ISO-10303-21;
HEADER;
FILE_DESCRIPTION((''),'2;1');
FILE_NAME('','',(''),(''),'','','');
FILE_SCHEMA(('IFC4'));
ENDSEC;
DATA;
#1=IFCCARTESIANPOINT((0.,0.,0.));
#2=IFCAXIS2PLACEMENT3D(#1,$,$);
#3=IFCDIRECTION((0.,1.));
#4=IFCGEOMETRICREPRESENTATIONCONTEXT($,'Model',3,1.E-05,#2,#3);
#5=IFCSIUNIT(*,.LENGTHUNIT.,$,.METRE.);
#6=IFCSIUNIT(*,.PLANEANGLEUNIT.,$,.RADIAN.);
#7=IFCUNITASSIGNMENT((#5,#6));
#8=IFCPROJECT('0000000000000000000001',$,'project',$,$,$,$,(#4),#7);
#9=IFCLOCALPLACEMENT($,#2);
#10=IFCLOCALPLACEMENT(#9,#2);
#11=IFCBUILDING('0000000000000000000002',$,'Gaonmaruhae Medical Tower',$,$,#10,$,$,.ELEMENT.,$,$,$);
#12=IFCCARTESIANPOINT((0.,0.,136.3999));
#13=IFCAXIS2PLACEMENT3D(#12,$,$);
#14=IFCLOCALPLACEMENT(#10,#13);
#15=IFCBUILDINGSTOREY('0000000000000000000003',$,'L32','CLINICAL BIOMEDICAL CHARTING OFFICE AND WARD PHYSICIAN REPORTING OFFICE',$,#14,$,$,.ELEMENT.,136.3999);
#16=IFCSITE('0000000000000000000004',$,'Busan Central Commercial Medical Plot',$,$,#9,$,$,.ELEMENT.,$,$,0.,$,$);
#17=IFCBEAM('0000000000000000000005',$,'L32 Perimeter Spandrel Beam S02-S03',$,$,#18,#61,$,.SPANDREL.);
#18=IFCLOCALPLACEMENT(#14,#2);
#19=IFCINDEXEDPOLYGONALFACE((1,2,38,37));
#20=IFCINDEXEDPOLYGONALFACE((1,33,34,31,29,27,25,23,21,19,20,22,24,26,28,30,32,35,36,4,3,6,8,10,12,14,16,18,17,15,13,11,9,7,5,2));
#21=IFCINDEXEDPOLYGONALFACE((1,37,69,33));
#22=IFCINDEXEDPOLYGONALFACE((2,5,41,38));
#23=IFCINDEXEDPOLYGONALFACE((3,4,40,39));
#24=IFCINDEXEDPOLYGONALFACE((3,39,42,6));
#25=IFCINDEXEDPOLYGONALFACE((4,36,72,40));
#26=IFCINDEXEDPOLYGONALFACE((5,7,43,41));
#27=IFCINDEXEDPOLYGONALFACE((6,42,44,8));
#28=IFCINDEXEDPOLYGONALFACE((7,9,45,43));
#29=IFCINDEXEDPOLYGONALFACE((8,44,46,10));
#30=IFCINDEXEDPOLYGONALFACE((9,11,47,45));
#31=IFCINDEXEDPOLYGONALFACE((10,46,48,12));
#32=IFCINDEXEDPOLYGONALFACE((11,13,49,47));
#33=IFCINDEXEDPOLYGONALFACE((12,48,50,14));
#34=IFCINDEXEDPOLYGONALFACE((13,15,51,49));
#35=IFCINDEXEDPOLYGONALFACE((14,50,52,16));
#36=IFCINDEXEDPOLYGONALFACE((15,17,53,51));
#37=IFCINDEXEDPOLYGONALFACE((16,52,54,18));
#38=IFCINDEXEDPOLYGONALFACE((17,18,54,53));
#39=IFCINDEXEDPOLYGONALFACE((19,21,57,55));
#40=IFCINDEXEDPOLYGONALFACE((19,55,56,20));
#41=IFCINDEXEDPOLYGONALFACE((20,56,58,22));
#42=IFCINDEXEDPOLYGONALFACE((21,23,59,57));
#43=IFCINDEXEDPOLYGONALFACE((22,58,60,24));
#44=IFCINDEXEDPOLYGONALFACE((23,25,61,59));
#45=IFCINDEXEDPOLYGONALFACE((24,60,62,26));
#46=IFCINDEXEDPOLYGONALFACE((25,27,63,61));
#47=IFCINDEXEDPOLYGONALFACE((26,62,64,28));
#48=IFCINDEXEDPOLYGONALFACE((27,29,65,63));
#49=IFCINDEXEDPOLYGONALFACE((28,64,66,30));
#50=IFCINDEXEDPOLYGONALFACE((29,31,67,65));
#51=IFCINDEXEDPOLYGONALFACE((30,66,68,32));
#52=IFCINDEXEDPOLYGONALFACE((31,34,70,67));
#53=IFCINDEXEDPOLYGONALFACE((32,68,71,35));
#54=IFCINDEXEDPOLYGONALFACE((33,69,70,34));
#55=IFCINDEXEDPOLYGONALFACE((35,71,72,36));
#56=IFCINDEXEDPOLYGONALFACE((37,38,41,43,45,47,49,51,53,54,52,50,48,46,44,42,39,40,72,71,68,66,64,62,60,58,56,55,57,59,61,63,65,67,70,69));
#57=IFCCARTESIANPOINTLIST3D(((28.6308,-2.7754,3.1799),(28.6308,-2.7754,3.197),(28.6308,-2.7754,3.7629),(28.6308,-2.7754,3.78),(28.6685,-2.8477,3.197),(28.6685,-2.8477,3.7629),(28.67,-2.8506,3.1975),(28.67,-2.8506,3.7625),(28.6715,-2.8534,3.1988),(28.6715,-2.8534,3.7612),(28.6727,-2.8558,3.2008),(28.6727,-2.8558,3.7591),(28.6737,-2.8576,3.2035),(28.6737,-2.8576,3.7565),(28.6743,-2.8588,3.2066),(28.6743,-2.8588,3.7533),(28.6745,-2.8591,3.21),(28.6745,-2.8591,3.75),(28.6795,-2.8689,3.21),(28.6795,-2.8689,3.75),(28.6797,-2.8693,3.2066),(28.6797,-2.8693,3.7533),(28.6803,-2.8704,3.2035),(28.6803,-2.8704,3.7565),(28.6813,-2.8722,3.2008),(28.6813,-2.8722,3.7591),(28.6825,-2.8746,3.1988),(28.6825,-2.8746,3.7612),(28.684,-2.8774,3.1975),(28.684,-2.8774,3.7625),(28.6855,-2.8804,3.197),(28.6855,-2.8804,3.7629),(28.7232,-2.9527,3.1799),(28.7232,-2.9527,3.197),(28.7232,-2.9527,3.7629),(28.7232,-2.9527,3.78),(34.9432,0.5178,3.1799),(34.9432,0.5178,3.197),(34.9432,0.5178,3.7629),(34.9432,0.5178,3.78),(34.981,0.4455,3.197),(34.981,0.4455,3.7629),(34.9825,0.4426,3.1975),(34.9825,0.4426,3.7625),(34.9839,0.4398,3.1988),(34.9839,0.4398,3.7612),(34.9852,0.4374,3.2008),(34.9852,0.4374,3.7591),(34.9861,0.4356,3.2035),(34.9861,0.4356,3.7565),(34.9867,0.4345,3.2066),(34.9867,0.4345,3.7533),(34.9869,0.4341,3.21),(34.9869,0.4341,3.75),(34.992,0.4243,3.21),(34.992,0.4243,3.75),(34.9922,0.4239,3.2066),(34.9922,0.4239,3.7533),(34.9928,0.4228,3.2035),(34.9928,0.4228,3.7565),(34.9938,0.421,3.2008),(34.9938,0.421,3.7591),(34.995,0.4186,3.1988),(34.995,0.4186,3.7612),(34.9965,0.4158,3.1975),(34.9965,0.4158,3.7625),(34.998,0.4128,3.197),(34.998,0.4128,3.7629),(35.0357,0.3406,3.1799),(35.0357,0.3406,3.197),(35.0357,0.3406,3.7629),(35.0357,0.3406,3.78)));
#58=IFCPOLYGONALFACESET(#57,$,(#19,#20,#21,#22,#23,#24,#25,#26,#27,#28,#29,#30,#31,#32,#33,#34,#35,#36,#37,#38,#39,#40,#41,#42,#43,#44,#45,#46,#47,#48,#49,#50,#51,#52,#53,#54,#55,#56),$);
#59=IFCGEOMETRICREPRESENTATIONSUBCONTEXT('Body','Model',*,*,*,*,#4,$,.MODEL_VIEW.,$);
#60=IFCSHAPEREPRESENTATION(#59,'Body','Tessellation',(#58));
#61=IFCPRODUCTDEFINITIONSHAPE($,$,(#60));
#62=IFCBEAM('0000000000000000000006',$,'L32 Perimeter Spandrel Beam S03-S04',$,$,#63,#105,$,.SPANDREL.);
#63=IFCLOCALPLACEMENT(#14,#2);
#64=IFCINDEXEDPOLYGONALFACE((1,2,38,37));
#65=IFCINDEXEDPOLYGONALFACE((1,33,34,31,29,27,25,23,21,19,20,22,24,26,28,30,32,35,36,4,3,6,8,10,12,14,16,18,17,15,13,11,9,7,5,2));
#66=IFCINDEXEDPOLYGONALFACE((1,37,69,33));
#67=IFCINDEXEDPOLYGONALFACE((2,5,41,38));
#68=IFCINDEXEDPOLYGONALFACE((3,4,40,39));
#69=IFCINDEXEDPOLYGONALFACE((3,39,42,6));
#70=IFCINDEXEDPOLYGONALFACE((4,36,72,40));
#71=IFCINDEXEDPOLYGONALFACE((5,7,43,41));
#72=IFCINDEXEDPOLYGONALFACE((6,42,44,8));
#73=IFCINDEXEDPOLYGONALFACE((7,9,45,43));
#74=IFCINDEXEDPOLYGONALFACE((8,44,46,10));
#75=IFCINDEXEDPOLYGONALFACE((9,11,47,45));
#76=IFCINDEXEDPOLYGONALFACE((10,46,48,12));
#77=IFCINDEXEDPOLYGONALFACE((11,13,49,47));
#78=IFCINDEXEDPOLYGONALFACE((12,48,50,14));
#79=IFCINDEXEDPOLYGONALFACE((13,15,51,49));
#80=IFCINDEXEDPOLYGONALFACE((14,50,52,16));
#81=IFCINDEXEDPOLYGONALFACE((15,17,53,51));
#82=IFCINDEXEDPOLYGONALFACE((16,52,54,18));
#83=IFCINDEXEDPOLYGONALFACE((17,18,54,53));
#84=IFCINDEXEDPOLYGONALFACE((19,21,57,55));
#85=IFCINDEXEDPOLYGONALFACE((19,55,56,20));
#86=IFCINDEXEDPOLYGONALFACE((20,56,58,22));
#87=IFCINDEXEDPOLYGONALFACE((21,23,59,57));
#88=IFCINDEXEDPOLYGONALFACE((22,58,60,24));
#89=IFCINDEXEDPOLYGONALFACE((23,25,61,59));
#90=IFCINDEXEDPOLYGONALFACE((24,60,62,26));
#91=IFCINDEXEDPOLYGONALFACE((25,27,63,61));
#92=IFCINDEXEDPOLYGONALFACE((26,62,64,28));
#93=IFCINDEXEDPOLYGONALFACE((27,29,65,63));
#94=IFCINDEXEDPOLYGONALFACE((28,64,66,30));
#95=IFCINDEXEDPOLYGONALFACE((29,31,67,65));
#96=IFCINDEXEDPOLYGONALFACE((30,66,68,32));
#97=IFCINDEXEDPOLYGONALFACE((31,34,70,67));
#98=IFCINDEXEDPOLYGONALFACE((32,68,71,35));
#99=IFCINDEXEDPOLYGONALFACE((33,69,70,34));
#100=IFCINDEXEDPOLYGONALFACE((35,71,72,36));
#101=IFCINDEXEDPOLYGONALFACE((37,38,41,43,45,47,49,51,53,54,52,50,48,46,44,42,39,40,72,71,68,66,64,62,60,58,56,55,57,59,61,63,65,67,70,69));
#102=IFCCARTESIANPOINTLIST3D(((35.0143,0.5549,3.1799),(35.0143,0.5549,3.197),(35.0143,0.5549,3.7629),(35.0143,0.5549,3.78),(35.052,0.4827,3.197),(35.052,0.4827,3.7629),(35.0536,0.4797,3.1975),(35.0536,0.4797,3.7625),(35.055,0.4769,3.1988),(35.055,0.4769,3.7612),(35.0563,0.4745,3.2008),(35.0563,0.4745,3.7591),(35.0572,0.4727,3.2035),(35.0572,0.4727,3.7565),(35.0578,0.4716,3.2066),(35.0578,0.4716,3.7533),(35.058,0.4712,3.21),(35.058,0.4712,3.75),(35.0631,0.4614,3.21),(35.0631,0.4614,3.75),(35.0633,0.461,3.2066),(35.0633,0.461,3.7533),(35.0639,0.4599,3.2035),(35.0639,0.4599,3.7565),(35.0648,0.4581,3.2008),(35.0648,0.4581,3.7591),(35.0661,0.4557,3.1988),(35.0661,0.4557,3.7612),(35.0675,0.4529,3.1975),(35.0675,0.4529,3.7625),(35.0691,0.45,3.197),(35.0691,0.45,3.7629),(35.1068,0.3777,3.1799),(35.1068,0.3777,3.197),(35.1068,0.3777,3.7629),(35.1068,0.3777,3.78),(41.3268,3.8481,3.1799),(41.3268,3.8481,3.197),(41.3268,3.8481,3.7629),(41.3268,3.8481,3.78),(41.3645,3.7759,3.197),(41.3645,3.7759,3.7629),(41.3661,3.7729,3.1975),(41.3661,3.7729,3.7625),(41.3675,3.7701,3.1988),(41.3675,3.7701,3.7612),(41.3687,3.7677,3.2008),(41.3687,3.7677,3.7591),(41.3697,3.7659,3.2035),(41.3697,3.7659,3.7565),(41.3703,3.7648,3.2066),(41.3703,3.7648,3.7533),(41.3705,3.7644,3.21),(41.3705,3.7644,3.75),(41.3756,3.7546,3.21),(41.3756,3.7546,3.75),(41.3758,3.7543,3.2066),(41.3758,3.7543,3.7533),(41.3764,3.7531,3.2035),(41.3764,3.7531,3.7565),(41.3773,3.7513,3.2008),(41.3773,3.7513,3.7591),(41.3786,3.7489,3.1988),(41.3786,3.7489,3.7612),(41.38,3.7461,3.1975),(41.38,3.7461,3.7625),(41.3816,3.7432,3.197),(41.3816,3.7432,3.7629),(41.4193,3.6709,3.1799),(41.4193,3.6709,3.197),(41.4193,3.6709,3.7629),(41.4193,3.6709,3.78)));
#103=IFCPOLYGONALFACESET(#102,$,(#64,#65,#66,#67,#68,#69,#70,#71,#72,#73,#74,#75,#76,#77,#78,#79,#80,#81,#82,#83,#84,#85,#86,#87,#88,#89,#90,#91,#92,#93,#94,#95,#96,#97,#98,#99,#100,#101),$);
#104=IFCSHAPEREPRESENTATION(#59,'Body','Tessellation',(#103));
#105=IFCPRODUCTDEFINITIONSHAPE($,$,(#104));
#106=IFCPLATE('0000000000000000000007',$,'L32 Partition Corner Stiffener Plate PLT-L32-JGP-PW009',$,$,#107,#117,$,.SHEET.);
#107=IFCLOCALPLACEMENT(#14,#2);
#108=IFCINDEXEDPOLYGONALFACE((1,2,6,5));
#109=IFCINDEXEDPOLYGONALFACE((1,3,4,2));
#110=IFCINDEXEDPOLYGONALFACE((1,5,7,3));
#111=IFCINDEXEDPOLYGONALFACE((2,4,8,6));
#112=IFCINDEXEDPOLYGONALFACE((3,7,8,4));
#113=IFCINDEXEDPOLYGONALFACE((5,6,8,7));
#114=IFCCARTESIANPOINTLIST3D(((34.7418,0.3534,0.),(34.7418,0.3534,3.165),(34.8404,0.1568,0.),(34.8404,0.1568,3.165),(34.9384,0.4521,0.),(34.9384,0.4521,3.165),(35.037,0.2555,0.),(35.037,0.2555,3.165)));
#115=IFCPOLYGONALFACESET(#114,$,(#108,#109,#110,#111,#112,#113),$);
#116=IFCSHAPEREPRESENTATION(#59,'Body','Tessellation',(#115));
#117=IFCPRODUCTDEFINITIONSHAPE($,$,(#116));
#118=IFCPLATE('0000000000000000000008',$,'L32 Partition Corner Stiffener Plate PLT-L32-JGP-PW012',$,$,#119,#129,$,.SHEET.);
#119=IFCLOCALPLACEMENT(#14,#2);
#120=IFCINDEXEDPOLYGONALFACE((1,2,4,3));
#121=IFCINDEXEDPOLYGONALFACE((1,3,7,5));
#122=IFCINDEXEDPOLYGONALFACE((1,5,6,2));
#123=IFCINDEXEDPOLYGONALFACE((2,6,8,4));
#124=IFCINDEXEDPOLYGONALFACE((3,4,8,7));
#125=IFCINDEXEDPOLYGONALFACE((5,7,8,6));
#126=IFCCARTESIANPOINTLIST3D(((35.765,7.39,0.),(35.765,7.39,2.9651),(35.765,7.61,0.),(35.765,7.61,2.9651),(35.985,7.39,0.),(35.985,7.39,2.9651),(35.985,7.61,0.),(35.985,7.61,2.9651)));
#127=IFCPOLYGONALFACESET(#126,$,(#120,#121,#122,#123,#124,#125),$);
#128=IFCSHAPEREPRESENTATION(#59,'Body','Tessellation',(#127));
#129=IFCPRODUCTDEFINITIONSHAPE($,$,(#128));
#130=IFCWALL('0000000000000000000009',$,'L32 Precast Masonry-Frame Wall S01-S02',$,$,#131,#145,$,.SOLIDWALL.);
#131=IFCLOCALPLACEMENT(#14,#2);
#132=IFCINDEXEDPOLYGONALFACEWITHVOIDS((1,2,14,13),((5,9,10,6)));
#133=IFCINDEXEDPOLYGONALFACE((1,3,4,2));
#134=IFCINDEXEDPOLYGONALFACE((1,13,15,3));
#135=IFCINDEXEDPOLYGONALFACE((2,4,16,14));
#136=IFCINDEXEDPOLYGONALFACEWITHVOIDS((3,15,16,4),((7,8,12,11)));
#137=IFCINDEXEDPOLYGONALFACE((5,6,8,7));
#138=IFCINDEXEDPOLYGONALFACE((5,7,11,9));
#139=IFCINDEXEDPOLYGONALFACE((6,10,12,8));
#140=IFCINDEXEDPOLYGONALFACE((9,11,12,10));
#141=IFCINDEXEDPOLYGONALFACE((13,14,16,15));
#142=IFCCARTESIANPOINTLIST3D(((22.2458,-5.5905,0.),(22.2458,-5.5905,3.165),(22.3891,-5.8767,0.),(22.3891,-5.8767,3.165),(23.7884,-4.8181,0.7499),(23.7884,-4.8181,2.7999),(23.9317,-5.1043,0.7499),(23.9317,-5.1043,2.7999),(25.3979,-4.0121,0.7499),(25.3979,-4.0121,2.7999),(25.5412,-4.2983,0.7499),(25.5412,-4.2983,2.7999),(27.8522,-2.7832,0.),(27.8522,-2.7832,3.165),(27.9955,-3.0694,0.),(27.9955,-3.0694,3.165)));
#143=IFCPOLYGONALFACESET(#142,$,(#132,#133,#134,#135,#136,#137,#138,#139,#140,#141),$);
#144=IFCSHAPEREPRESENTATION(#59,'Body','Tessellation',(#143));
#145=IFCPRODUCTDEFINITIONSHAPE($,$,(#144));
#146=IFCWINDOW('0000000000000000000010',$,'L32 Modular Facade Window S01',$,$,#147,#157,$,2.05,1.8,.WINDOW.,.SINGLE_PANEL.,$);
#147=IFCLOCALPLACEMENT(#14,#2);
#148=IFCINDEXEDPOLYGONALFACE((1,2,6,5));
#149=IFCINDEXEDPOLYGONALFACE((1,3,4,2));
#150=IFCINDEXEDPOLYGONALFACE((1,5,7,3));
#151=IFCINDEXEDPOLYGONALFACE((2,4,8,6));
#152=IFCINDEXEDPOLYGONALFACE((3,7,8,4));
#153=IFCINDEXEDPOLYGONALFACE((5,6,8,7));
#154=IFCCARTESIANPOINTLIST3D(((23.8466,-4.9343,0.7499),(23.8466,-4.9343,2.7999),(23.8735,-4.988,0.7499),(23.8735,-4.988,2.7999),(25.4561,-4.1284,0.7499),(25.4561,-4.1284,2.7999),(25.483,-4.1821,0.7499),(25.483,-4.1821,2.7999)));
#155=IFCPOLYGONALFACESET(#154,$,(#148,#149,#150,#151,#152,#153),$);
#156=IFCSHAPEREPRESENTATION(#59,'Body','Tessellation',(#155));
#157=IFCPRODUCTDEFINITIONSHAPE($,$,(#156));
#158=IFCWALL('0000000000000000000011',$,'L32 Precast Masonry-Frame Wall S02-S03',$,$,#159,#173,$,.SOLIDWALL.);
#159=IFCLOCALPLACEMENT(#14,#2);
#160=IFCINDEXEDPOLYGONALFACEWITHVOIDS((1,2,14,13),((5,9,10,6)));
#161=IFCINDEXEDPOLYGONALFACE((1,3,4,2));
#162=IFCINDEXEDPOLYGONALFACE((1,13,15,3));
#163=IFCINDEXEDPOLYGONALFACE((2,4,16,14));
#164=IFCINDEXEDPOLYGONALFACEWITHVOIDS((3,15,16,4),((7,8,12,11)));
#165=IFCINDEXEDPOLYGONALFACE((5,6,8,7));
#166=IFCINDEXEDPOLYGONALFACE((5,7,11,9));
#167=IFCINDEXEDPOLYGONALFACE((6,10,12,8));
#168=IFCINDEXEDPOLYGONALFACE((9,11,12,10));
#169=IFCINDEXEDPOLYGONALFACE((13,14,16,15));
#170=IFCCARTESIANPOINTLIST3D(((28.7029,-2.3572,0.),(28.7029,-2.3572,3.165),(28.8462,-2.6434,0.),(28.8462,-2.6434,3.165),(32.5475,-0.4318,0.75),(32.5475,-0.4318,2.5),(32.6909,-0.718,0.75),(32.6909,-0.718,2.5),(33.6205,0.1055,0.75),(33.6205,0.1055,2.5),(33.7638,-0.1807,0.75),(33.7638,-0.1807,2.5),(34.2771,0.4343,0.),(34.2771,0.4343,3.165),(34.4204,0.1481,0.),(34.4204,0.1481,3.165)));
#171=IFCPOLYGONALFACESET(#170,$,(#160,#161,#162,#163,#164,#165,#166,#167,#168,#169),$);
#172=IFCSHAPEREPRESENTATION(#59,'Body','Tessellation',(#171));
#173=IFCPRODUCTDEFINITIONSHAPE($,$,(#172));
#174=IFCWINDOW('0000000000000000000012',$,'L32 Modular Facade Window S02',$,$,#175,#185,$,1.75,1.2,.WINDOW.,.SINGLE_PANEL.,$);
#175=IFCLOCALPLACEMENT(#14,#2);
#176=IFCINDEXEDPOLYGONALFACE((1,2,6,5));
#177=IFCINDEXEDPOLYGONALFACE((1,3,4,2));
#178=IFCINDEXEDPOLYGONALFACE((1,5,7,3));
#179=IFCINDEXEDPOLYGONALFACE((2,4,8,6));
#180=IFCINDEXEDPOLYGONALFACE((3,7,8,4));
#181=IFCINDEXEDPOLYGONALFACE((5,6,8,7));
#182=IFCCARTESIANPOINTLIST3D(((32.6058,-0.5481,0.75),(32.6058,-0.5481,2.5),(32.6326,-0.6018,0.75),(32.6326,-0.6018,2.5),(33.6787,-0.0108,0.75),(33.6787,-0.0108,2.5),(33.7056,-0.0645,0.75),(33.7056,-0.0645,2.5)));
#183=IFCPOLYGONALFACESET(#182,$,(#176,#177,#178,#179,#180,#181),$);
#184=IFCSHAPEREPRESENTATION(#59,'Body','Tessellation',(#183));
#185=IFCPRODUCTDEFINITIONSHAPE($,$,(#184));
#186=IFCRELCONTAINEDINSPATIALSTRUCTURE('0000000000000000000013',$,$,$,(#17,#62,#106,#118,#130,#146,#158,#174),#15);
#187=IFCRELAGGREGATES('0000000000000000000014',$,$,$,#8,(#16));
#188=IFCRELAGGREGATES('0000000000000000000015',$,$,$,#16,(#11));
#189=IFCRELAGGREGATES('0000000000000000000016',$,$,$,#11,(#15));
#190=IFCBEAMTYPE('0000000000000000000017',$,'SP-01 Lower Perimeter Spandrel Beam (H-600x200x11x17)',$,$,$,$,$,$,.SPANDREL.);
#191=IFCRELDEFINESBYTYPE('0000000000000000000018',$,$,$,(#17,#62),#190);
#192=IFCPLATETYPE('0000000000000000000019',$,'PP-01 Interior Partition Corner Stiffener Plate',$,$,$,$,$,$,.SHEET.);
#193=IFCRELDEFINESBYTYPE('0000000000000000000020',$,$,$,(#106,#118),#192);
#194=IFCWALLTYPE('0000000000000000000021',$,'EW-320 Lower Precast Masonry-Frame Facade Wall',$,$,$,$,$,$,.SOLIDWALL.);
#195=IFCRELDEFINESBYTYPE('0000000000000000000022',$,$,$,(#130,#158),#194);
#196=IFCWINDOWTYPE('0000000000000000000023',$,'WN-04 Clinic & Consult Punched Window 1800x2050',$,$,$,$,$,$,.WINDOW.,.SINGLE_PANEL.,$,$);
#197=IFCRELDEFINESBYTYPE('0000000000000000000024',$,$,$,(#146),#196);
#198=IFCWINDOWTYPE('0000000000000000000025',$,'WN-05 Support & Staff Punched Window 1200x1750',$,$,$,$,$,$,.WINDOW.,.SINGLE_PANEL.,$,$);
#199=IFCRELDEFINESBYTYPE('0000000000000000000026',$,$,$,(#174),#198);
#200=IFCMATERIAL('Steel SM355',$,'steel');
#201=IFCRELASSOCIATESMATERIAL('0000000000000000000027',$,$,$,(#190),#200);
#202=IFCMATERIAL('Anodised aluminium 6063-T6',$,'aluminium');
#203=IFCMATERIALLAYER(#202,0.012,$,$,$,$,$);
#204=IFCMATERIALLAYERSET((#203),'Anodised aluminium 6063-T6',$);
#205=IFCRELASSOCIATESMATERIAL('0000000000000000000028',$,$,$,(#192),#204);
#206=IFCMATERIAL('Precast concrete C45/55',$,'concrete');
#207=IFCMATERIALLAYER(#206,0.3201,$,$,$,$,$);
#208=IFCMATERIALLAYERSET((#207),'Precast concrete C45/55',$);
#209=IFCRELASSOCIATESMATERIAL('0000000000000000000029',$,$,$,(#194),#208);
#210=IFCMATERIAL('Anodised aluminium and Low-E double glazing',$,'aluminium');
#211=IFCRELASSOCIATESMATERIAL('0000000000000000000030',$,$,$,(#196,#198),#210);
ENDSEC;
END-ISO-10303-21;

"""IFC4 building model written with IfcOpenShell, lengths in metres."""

from ifc_helpers import new_model, si_unit, direction, frame, frame_2d, origin, origin_2d, place, context, subcontext, project, spatial, rectangle, i_section, extrude, material, layer, layer_set, material_profile, profile_set, type_object, element, fill, save


model = new_model("IFC4")

# Units and contexts
model_context = context("Model", 3, precision=1e-05, world=origin(), true_north=direction((0.0, 1.0)))
body_context = subcontext(model_context, "Body", "Model", "MODEL_VIEW")
ifc_project = project(units=[si_unit("LENGTHUNIT", "METRE"), si_unit("PLANEANGLEUNIT", "RADIAN")], contexts=[model_context])

# Site, building, storey
site_placement = place(None, origin())
site = spatial("IfcSite", under=ifc_project, at=site_placement, Name="Busan Central Commercial Medical Plot", CompositionType="ELEMENT", RefElevation=0.0)
building_placement = place(site_placement, origin())
building = spatial("IfcBuilding", under=site, at=building_placement, Name="Gaonmaruhae Medical Tower", CompositionType="ELEMENT")
storey_placement = place(building_placement, frame((0.0, 0.0, 136.3999)))
storey = spatial("IfcBuildingStorey", under=building, at=storey_placement, Name="L32", Description="CLINICAL BIOMEDICAL CHARTING OFFICE AND WARD PHYSICIAN REPORTING OFFICE", CompositionType="ELEMENT", Elevation=136.3999)

# Beams
ifc_material_1 = material(Name="Steel SM355", Category="steel")
ifc_material_profile_1 = material_profile(ifc_material_1, i_section(OverallWidth=0.2, OverallDepth=0.6001, WebThickness=0.011, FlangeThickness=0.0171, FilletRadius=0.0129, at=origin_2d()), Name="H-600x200x11x17")
ifc_profile_set_1 = profile_set([ifc_material_profile_1], Name="Steel SM355")
beam_type_1 = type_object("IfcBeamType", Name="SP-01 Lower Perimeter Spandrel Beam (H-600x200x11x17)", PredefinedType="SPANDREL", material=ifc_profile_set_1)
for number, where, z_axis, x_axis, name in (
    (1, (28.677, -2.864, 3.48), (0.8866, 0.462537, 0.0), (-0.462537, 0.8866, 0.0), "L32 Perimeter Spandrel Beam S02-S03"),
    (2, (35.0605, 0.4663, 3.48), (0.8866, 0.462537, 0.0), (-0.462537, 0.8866, 0.0), "L32 Perimeter Spandrel Beam S03-S04"),
):
    element("IfcBeam", number, at=place(storey_placement, frame(where, z_axis=z_axis, x_axis=x_axis)), inside=storey, type_object=beam_type_1, Name=name, PredefinedType="SPANDREL", context=body_context, shape_type="SweptSolid", body=[
        extrude(i_section(OverallWidth=0.2, OverallDepth=0.6001, WebThickness=0.011, FlangeThickness=0.0171, FilletRadius=0.0129, at=origin_2d()), origin(), (0.0, 0.0, 1.0), 7.1199),
    ])

# Plates
ifc_material_2 = material(Name="Anodised aluminium 6063-T6", Category="aluminium")
ifc_layer_1 = layer(ifc_material_2, 0.012)
ifc_layer_set_1 = layer_set([ifc_layer_1], Name="Anodised aluminium 6063-T6")
plate_type = type_object("IfcPlateType", Name="PP-01 Interior Partition Corner Stiffener Plate", PredefinedType="SHEET", material=ifc_layer_set_1)
plate_1_placement = place(storey_placement, frame((34.8894, 0.3044, 0.0), z_axis=(0.0, 0.0, 1.0), x_axis=(-0.89381, -0.448446, 0.0)))
element("IfcPlate", 3, at=plate_1_placement, inside=storey, type_object=plate_type, Name="L32 Partition Corner Stiffener Plate PLT-L32-JGP-PW009", PredefinedType="SHEET", context=body_context, shape_type="SweptSolid", body=[
    extrude(rectangle(XDim=0.22, YDim=0.22, at=origin_2d()), origin(), (0.0, 0.0, 1.0), 3.165),
])
plate_2_placement = place(storey_placement, frame((35.875, 7.5, 0.0), z_axis=(0.0, 0.0, 1.0), x_axis=(1.0, 0.0, 0.0)))
element("IfcPlate", 4, at=plate_2_placement, inside=storey, type_object=plate_type, Name="L32 Partition Corner Stiffener Plate PLT-L32-JGP-PW012", PredefinedType="SHEET", context=body_context, shape_type="SweptSolid", body=[
    extrude(rectangle(XDim=0.22, YDim=0.22, at=origin_2d()), origin(), (0.0, 0.0, 1.0), 2.9651),
])

# Walls, openings, windows
ifc_material_3 = material(Name="Precast concrete C45/55", Category="concrete")
ifc_layer_2 = layer(ifc_material_3, 0.3201)
ifc_layer_set_2 = layer_set([ifc_layer_2], Name="Precast concrete C45/55")
wall_type_1 = type_object("IfcWallType", Name="EW-320 Lower Precast Masonry-Frame Facade Wall", PredefinedType="SOLIDWALL", material=ifc_layer_set_2)
wall_1_placement = place(storey_placement, frame((27.9238, -2.9263, 0.0), z_axis=(0.0, 0.0, 1.0), x_axis=(-0.894162, -0.447743, 0.0)))
wall_1 = element("IfcWall", 5, at=wall_1_placement, inside=storey, type_object=wall_type_1, Name="L32 Precast Masonry-Frame Wall S01-S02", PredefinedType="SOLIDWALL", context=body_context, shape_type="SweptSolid", body=[
    extrude(rectangle(XDim=6.27, YDim=0.3201, at=frame_2d((3.135, 0.0))), origin(), (0.0, 0.0, 1.0), 3.165),
])
opening_1_placement = place(wall_1_placement, frame((2.7449, 0.0, 0.75)))
opening_1 = element("IfcOpeningElement", 6, at=opening_1_placement, cuts=wall_1, PredefinedType="OPENING", context=body_context, shape_type="SweptSolid", body=[
    extrude(rectangle(XDim=1.8, YDim=2.05, at=frame_2d((0.8999, 1.0249))), frame((0.0, 0.1699, 0.0), z_axis=(0.0, -1.0, 0.0), x_axis=(1.0, 0.0, 0.0)), (0.0, 0.0, 1.0), 0.3401),
])
ifc_material_4 = material(Name="Anodised aluminium and Low-E double glazing", Category="aluminium")
window_type_1 = type_object("IfcWindowType", Name="WN-04 Clinic & Consult Punched Window 1800x2050", PartitioningType="SINGLE_PANEL", PredefinedType="WINDOW", material=ifc_material_4)
window_1_placement = place(opening_1_placement, origin())
window_1 = element("IfcWindow", 7, at=window_1_placement, inside=storey, type_object=window_type_1, Name="L32 Modular Facade Window S01", OverallHeight=2.05, OverallWidth=1.8, PartitioningType="SINGLE_PANEL", PredefinedType="WINDOW", context=body_context, shape_type="SweptSolid", body=[
    extrude(rectangle(XDim=1.8, YDim=2.05, at=frame_2d((0.8999, 1.0249))), frame((0.0, 0.03, 0.0), z_axis=(0.0, -1.0, 0.0), x_axis=(1.0, 0.0, 0.0)), (0.0, 0.0, 1.0), 0.0601),
])
fill(opening_1, window_1)
wall_2_placement = place(storey_placement, frame((34.3489, 0.2913, 0.0), z_axis=(0.0, 0.0, 1.0), x_axis=(-0.894145, -0.447777, 0.0)))
wall_2 = element("IfcWall", 8, at=wall_2_placement, inside=storey, type_object=wall_type_1, Name="L32 Precast Masonry-Frame Wall S02-S03", PredefinedType="SOLIDWALL", context=body_context, shape_type="SweptSolid", body=[
    extrude(rectangle(XDim=6.2341, YDim=0.3201, at=frame_2d((3.1172, 0.0))), origin(), (0.0, 0.0, 1.0), 3.165),
])
opening_2_placement = place(wall_2_placement, frame((0.7344, 0.0, 0.75)))
opening_2 = element("IfcOpeningElement", 9, at=opening_2_placement, cuts=wall_2, PredefinedType="OPENING", context=body_context, shape_type="SweptSolid", body=[
    extrude(rectangle(XDim=1.2, YDim=1.75, at=frame_2d((0.6001, 0.875))), frame((0.0, 0.1699, 0.0), z_axis=(0.0, -1.0, 0.0), x_axis=(1.0, 0.0, 0.0)), (0.0, 0.0, 1.0), 0.3401),
])
window_type_2 = type_object("IfcWindowType", Name="WN-05 Support & Staff Punched Window 1200x1750", PartitioningType="SINGLE_PANEL", PredefinedType="WINDOW", material=ifc_material_4)
window_2_placement = place(opening_2_placement, origin())
window_2 = element("IfcWindow", 10, at=window_2_placement, inside=storey, type_object=window_type_2, Name="L32 Modular Facade Window S02", OverallHeight=1.75, OverallWidth=1.2, PartitioningType="SINGLE_PANEL", PredefinedType="WINDOW", context=body_context, shape_type="SweptSolid", body=[
    extrude(rectangle(XDim=1.2, YDim=1.75, at=frame_2d((0.6001, 0.875))), frame((0.0, 0.03, 0.0), z_axis=(0.0, -1.0, 0.0), x_axis=(1.0, 0.0, 0.0)), (0.0, 0.0, 1.0), 0.0601),
])
fill(opening_2, window_2)

save(model, "model.ifc")
